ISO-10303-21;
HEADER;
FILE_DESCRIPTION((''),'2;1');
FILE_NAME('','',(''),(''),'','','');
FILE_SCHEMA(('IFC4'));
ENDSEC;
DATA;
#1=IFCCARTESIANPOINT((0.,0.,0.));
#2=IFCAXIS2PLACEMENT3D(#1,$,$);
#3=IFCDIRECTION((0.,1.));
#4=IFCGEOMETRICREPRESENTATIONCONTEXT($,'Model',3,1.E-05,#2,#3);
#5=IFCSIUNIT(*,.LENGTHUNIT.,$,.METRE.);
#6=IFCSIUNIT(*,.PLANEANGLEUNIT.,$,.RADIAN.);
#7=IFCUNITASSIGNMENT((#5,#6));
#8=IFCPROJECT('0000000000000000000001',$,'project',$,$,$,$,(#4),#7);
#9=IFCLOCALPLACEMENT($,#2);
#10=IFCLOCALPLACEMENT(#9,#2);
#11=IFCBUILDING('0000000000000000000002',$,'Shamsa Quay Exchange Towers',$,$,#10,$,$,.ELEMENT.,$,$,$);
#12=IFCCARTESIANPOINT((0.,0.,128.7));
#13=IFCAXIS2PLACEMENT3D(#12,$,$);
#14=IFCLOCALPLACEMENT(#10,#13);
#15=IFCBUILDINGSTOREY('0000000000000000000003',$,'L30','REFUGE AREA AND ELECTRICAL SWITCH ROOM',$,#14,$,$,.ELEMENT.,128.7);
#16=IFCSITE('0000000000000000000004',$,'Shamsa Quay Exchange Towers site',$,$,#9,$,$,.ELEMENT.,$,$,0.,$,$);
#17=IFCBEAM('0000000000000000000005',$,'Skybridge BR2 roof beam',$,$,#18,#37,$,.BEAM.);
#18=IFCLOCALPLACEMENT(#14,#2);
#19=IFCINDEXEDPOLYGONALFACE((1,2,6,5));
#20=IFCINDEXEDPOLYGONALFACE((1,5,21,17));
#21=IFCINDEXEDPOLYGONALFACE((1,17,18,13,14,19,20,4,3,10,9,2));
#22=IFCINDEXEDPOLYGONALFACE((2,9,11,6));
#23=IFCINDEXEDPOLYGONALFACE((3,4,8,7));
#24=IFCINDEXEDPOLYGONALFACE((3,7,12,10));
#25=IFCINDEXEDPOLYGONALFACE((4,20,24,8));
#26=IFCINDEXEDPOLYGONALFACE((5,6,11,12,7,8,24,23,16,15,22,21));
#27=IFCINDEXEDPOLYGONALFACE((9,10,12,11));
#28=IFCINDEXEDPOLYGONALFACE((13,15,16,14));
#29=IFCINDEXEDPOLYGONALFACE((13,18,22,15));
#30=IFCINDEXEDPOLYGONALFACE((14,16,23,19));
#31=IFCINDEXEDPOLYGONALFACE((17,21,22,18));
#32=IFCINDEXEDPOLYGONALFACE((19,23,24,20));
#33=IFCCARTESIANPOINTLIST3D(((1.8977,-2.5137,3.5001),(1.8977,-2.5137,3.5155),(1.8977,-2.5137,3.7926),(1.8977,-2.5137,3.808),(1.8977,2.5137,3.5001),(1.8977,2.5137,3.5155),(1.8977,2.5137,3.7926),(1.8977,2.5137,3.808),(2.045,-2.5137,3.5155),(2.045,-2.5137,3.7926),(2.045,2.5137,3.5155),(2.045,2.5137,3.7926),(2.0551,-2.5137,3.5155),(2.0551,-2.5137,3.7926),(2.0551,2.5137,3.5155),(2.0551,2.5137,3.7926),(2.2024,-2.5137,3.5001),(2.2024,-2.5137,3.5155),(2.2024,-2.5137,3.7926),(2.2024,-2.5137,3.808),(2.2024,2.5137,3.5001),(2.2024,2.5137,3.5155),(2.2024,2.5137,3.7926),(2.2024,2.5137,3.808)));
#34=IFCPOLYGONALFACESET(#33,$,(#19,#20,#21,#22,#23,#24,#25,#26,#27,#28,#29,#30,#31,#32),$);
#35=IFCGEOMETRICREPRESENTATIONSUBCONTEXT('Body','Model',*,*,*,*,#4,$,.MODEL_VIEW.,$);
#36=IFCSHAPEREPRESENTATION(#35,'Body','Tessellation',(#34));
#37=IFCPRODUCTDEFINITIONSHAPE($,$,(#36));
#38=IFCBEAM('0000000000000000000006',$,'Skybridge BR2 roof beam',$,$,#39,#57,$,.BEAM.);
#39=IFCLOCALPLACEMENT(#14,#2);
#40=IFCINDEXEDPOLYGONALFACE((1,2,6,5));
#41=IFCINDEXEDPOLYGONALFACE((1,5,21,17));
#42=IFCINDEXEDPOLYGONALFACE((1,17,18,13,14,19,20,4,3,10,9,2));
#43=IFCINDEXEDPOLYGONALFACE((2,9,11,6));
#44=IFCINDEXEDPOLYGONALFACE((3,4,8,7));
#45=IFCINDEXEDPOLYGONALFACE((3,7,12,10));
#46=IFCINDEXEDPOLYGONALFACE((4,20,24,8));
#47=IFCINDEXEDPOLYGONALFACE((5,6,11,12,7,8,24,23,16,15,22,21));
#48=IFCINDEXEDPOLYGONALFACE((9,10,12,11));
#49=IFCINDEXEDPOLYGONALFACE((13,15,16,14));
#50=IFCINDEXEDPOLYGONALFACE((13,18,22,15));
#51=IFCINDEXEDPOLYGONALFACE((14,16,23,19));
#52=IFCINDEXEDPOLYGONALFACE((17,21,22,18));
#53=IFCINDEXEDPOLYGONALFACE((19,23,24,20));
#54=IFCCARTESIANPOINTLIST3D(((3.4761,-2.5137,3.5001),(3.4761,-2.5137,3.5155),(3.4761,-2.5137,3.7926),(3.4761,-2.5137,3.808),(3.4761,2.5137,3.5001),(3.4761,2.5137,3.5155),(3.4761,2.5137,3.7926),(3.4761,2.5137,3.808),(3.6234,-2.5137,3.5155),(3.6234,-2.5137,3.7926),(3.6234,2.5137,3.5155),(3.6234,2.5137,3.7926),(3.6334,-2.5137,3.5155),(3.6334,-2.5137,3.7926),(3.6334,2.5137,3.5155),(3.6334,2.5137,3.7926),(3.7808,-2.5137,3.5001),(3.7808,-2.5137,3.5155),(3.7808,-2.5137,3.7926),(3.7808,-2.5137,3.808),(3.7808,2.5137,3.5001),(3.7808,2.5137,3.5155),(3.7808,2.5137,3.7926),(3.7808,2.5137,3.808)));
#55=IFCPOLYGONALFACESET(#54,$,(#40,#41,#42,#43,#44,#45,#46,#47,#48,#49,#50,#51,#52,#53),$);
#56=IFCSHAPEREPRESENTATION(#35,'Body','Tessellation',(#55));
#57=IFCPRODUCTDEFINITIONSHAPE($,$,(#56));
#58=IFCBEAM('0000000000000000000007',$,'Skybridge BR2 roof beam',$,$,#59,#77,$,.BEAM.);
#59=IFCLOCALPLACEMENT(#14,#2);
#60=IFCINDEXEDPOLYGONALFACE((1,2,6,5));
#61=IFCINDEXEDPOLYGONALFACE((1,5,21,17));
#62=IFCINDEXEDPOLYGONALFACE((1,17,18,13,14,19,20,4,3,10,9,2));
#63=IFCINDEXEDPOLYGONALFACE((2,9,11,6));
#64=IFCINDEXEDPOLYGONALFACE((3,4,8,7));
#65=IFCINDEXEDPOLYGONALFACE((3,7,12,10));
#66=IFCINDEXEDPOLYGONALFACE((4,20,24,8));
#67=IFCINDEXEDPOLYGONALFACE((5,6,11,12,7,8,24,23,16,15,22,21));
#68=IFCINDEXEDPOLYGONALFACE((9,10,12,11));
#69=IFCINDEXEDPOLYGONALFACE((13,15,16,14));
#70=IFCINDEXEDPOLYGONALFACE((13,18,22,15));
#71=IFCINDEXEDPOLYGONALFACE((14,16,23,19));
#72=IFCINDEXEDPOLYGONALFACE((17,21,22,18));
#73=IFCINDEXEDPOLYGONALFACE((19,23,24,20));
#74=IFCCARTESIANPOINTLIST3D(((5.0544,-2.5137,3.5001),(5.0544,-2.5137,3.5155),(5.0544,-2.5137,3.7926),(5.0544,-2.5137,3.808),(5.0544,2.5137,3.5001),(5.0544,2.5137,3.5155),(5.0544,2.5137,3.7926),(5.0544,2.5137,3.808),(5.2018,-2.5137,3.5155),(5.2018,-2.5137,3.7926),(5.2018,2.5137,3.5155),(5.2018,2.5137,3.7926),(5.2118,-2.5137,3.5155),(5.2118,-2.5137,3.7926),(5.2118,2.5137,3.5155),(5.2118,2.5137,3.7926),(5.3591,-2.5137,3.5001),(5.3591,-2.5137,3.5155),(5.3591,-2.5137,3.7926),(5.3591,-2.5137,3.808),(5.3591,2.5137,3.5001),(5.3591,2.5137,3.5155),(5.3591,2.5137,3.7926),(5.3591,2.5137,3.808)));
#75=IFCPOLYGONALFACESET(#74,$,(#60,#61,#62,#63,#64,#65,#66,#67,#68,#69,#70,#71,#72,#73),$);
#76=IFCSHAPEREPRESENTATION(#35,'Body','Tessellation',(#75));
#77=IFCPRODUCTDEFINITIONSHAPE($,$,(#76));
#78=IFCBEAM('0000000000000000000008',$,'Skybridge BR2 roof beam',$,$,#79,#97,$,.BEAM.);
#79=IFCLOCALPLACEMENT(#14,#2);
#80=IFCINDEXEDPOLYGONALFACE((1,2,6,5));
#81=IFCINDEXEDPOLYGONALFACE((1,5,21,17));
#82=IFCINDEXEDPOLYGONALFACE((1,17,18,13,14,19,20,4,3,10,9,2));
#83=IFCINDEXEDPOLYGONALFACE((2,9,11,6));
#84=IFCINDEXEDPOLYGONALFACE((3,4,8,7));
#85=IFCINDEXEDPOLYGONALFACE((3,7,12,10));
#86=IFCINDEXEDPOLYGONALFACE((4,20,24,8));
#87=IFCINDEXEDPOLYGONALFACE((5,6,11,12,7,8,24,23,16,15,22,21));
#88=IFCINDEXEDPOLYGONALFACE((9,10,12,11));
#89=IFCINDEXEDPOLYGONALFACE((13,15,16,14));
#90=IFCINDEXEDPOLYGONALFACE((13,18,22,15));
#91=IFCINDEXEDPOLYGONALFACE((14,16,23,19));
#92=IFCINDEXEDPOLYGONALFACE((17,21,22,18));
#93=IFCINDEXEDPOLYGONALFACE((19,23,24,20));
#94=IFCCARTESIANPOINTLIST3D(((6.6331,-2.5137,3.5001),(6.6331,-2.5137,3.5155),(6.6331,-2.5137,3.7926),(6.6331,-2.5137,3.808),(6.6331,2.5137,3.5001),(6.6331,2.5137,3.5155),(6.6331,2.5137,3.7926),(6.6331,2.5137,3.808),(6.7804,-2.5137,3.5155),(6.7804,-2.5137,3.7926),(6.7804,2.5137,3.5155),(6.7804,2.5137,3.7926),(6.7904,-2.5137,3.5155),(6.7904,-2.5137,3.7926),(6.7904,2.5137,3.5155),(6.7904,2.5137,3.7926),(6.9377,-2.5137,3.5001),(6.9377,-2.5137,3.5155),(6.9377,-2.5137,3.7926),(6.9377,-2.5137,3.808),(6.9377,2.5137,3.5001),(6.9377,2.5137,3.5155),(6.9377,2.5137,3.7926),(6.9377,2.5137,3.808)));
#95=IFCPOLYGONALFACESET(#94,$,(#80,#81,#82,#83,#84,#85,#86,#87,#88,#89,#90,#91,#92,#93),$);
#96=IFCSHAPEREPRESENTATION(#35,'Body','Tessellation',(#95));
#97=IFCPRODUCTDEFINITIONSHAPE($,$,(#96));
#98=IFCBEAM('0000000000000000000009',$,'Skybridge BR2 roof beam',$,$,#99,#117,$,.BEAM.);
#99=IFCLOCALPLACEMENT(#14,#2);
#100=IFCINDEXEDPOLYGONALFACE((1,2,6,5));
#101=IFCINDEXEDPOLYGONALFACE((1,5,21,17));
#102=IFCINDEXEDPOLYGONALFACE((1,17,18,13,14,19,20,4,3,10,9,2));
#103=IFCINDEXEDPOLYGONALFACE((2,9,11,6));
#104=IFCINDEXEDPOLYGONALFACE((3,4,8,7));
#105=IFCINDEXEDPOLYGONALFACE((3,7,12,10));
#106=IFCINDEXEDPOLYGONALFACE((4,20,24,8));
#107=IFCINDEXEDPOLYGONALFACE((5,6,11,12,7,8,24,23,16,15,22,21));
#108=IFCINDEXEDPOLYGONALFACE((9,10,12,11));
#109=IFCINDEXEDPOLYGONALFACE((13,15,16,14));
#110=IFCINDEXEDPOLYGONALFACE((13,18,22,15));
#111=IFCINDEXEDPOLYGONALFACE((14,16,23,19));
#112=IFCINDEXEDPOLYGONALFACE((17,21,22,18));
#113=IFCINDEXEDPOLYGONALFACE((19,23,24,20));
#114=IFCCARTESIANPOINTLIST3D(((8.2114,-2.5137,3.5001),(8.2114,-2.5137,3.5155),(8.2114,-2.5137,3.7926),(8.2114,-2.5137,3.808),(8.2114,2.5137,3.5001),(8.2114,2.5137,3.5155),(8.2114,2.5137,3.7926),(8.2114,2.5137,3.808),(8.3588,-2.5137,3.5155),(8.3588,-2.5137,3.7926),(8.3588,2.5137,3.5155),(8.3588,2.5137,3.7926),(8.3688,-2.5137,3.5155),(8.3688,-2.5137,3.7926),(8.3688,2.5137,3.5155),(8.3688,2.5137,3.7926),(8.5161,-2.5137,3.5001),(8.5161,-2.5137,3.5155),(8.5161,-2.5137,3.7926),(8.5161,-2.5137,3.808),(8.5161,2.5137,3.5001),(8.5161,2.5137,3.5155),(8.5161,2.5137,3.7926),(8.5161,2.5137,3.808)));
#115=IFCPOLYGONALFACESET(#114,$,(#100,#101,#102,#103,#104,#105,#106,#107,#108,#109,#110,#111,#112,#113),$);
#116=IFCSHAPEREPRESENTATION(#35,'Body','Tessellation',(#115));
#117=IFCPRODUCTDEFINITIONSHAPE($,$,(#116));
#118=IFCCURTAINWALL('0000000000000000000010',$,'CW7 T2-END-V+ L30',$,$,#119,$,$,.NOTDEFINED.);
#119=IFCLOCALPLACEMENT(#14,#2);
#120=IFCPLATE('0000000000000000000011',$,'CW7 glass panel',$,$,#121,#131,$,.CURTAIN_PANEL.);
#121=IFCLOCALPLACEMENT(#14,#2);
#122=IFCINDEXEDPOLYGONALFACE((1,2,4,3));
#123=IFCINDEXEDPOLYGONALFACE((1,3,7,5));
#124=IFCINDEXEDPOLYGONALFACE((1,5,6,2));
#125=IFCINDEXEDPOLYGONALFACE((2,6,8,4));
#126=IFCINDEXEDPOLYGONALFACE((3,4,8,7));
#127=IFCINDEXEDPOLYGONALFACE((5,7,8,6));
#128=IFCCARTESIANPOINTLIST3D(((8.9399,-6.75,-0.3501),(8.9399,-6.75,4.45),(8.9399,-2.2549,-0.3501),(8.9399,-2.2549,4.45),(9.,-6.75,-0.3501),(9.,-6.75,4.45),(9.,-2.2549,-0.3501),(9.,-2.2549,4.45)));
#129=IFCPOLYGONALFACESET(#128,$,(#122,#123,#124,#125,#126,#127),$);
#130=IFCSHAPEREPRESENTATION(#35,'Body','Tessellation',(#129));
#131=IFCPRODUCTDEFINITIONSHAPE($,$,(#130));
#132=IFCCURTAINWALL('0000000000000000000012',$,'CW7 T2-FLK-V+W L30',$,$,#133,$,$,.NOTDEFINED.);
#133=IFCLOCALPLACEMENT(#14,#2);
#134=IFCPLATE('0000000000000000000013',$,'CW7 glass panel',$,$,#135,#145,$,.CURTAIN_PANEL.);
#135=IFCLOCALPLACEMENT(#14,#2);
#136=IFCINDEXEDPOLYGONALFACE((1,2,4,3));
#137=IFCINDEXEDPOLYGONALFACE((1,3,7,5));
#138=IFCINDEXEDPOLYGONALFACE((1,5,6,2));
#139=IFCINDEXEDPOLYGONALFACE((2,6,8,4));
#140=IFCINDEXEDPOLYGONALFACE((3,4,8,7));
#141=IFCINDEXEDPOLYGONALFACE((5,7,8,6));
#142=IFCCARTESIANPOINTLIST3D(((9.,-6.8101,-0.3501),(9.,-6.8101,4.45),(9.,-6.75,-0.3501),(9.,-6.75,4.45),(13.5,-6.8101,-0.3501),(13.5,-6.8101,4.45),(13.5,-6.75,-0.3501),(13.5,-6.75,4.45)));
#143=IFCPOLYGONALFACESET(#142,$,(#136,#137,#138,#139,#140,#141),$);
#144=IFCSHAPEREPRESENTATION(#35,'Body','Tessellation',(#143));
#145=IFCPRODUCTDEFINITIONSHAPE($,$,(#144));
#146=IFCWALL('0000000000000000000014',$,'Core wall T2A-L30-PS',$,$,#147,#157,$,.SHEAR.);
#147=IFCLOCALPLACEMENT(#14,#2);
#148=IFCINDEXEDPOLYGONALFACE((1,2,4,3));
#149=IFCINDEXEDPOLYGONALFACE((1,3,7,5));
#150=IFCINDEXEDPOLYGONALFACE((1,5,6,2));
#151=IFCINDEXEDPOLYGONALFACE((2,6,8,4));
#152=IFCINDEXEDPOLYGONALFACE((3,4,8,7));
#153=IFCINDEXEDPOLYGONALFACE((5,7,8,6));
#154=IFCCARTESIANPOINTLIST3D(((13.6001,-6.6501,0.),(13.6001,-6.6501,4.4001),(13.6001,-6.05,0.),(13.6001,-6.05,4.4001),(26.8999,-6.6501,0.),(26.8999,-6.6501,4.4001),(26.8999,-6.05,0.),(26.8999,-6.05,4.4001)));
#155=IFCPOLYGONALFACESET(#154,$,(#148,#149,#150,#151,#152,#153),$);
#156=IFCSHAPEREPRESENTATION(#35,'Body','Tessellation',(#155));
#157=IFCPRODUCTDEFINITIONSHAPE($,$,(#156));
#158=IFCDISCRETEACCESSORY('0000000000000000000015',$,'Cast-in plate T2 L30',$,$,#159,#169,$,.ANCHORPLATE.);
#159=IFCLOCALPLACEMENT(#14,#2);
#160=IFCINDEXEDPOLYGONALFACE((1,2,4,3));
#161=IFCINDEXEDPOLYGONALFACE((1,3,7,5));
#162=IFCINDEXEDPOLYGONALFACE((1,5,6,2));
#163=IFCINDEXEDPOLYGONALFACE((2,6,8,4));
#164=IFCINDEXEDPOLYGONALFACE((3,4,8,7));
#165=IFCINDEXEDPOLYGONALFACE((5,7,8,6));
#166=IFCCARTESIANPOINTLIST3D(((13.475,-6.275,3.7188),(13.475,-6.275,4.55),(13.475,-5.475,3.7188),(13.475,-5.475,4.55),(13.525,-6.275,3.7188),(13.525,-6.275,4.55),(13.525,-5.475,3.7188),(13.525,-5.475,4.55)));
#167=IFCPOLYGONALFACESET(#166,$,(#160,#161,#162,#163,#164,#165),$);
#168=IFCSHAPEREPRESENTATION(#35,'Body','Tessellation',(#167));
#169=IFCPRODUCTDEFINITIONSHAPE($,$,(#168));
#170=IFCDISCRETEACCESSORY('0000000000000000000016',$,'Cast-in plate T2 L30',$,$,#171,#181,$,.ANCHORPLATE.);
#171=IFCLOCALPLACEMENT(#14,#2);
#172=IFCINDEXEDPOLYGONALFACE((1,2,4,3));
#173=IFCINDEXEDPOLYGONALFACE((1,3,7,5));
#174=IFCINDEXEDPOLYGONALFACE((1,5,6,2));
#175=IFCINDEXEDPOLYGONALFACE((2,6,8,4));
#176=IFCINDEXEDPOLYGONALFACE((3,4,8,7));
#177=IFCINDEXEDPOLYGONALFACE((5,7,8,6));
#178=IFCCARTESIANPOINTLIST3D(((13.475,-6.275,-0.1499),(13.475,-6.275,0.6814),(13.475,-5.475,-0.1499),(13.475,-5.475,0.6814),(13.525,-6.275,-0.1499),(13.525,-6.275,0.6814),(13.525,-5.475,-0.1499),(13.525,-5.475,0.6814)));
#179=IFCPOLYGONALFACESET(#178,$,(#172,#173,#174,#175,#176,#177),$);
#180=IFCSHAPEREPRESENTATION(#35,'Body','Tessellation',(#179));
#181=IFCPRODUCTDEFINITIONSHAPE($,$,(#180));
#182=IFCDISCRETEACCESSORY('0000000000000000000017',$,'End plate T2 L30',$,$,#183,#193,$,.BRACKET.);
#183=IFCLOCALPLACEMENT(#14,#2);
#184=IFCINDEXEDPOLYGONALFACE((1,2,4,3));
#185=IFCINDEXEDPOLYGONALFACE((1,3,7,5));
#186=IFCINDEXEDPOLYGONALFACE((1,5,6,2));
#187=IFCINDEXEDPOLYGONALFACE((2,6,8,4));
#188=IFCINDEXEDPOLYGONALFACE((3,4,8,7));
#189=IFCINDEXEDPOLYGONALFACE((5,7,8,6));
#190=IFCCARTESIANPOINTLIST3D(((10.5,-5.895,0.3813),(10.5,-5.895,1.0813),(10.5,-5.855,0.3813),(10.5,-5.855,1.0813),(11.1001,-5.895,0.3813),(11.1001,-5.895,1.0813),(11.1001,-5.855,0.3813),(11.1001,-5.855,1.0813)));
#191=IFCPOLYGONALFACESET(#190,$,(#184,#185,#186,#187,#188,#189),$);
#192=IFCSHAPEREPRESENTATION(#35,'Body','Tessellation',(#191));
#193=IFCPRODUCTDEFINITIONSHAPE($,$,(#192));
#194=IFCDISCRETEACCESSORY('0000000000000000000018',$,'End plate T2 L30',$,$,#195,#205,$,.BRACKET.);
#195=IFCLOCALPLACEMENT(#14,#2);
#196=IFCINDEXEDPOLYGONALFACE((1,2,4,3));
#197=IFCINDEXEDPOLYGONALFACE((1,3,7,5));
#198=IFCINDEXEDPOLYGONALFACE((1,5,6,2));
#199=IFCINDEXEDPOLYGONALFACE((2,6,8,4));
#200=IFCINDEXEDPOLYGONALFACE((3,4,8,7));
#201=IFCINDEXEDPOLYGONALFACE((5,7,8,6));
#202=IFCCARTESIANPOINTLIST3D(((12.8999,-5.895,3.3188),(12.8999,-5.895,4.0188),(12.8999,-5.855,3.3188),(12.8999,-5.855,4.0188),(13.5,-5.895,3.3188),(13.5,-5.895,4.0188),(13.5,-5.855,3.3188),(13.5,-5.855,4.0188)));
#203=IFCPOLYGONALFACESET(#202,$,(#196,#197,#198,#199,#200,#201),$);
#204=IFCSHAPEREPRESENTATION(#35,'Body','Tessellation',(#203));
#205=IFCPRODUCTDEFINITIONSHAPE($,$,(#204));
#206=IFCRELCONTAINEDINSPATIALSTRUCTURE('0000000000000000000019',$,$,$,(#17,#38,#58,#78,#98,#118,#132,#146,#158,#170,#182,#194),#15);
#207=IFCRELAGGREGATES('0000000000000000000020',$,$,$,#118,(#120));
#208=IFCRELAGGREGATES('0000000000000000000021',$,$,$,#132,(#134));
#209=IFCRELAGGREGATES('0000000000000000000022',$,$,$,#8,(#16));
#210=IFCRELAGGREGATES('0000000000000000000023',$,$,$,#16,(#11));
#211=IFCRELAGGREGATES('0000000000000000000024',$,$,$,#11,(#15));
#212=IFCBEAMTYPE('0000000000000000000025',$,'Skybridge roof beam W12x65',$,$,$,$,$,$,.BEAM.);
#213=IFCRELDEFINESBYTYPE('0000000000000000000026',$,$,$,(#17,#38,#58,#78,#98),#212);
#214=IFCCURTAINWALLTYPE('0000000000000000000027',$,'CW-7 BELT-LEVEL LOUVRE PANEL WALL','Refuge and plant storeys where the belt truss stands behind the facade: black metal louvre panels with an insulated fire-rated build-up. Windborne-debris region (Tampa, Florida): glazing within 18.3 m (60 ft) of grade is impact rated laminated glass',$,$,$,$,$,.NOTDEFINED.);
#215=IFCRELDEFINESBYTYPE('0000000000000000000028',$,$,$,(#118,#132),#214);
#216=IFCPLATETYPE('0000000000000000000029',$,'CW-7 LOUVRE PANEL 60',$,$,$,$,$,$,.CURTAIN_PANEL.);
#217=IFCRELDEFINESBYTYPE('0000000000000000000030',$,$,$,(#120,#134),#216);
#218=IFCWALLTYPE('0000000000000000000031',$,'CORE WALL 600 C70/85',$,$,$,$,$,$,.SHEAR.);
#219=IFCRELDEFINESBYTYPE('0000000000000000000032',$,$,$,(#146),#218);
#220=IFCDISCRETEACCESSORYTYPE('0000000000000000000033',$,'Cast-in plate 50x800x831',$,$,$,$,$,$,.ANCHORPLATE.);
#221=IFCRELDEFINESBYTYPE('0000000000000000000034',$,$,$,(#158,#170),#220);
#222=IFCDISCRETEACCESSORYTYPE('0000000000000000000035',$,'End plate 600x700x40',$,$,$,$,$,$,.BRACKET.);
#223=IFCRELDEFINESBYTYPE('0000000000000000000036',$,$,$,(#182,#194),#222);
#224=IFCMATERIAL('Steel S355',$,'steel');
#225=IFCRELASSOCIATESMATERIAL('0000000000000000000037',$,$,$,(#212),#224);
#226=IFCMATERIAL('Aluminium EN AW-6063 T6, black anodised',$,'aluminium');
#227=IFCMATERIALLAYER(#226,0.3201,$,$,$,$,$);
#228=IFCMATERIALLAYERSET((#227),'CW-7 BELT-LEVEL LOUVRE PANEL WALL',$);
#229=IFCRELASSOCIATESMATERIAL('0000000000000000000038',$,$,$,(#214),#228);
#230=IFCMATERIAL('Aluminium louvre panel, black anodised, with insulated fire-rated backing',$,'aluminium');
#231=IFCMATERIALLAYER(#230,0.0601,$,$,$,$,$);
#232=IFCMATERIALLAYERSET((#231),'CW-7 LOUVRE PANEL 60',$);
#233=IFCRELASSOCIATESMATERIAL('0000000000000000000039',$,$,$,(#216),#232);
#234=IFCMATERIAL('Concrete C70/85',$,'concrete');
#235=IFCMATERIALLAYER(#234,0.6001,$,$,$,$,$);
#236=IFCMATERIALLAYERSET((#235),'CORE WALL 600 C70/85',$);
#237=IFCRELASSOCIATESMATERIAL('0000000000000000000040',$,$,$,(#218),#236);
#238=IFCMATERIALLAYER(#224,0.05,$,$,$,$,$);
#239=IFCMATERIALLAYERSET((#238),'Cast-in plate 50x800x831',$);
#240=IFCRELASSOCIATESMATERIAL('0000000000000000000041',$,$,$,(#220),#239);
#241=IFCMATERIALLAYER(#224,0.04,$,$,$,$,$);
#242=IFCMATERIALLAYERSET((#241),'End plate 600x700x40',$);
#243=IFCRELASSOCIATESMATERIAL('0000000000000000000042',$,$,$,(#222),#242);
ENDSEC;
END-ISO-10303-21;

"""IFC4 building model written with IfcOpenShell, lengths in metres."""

from ifc_helpers import new_model, si_unit, direction, frame, frame_2d, origin, origin_2d, place, context, subcontext, project, spatial, rectangle, i_section, extrude, material, layer, layer_set, material_profile, profile_set, type_object, element, aggregate, save


model = new_model("IFC4")

# Units and contexts
model_context = context("Model", 3, precision=1e-05, world=origin(), true_north=direction((0.0, 1.0)))
body_context = subcontext(model_context, "Body", "Model", "MODEL_VIEW")
ifc_project = project(units=[si_unit("LENGTHUNIT", "METRE"), si_unit("PLANEANGLEUNIT", "RADIAN")], contexts=[model_context])

# Site, building, storey
site_placement = place(None, origin())
site = spatial("IfcSite", under=ifc_project, at=site_placement, Name="Shamsa Quay Exchange Towers site", CompositionType="ELEMENT", RefElevation=0.0)
building_placement = place(site_placement, origin())
building = spatial("IfcBuilding", under=site, at=building_placement, Name="Shamsa Quay Exchange Towers", CompositionType="ELEMENT")
storey_placement = place(building_placement, frame((0.0, 0.0, 128.7)))
storey = spatial("IfcBuildingStorey", under=building, at=storey_placement, Name="L30", Description="REFUGE AREA AND ELECTRICAL SWITCH ROOM", CompositionType="ELEMENT", Elevation=128.7)

# Shared definitions
ifc_material_1 = material(Name="Steel S355", Category="steel")

# Beams
ifc_material_profile_1 = material_profile(ifc_material_1, i_section(OverallWidth=0.3047, OverallDepth=0.3079, WebThickness=0.01, FlangeThickness=0.0154, at=origin_2d()), Name="W12x65")
ifc_profile_set_1 = profile_set([ifc_material_profile_1], Name="Steel S355")
beam_type_1 = type_object("IfcBeamType", Name="Skybridge roof beam W12x65", PredefinedType="BEAM", material=ifc_profile_set_1)
for number, where, z_axis, x_axis, name in (
    (1, (2.05, -2.5137, 3.6541), (0.0, 1.0, 0.0), (-1.0, 0.0, 0.0), "Skybridge BR2 roof beam"),
    (2, (3.6284, -2.5137, 3.6541), (0.0, 1.0, 0.0), (-1.0, 0.0, 0.0), "Skybridge BR2 roof beam"),
    (3, (5.2068, -2.5137, 3.6541), (0.0, 1.0, 0.0), (-1.0, 0.0, 0.0), "Skybridge BR2 roof beam"),
    (4, (6.7854, -2.5137, 3.6541), (0.0, 1.0, 0.0), (-1.0, 0.0, 0.0), "Skybridge BR2 roof beam"),
    (5, (8.3638, -2.5137, 3.6541), (0.0, 1.0, 0.0), (-1.0, 0.0, 0.0), "Skybridge BR2 roof beam"),
):
    element("IfcBeam", number, at=place(storey_placement, frame(where, z_axis=z_axis, x_axis=x_axis)), inside=storey, type_object=beam_type_1, Name=name, PredefinedType="BEAM", context=body_context, shape_type="SweptSolid", body=[
        extrude(i_section(OverallWidth=0.3047, OverallDepth=0.3079, WebThickness=0.01, FlangeThickness=0.0154, at=origin_2d()), origin(), (0.0, 0.0, 1.0), 5.0273),
    ])

# Curtain walls, plates
ifc_material_2 = material(Name="Aluminium EN AW-6063 T6, black anodised", Category="aluminium")
ifc_layer_1 = layer(ifc_material_2, 0.3201)
ifc_layer_set_1 = layer_set([ifc_layer_1], Name="CW-7 BELT-LEVEL LOUVRE PANEL WALL")
curtain_wall_type = type_object("IfcCurtainWallType", Name="CW-7 BELT-LEVEL LOUVRE PANEL WALL", Description="Refuge and plant storeys where the belt truss stands behind the facade: black metal louvre panels with an insulated fire-rated build-up. Windborne-debris region (Tampa, Florida): glazing within 18.3 m (60 ft) of grade is impact rated laminated glass", PredefinedType="NOTDEFINED", material=ifc_layer_set_1)
curtain_wall_1_placement = place(storey_placement, origin())
curtain_wall_1 = element("IfcCurtainWall", 6, at=curtain_wall_1_placement, inside=storey, type_object=curtain_wall_type, Name="CW7 T2-END-V+ L30", PredefinedType="NOTDEFINED")
ifc_material_3 = material(Name="Aluminium louvre panel, black anodised, with insulated fire-rated backing", Category="aluminium")
ifc_layer_2 = layer(ifc_material_3, 0.0601)
ifc_layer_set_2 = layer_set([ifc_layer_2], Name="CW-7 LOUVRE PANEL 60")
plate_type = type_object("IfcPlateType", Name="CW-7 LOUVRE PANEL 60", PredefinedType="CURTAIN_PANEL", material=ifc_layer_set_2)
plate_1_placement = place(storey_placement, frame((8.97, -4.5024, -0.3501), z_axis=(0.0, 0.0, 1.0), x_axis=(0.0, -1.0, 0.0)))
plate_1 = element("IfcPlate", 7, at=plate_1_placement, type_object=plate_type, Name="CW7 glass panel", PredefinedType="CURTAIN_PANEL", context=body_context, shape_type="SweptSolid", body=[
    extrude(rectangle(XDim=4.4951, YDim=0.0601, at=origin_2d()), origin(), (0.0, 0.0, 1.0), 4.8),
])
aggregate(curtain_wall_1, [plate_1])
curtain_wall_2_placement = place(storey_placement, origin())
curtain_wall_2 = element("IfcCurtainWall", 8, at=curtain_wall_2_placement, inside=storey, type_object=curtain_wall_type, Name="CW7 T2-FLK-V+W L30", PredefinedType="NOTDEFINED")
plate_2_placement = place(storey_placement, frame((11.25, -6.78, -0.3501)))
plate_2 = element("IfcPlate", 9, at=plate_2_placement, type_object=plate_type, Name="CW7 glass panel", PredefinedType="CURTAIN_PANEL", context=body_context, shape_type="SweptSolid", body=[
    extrude(rectangle(XDim=4.5, YDim=0.0601, at=origin_2d()), origin(), (0.0, 0.0, 1.0), 4.8),
])
aggregate(curtain_wall_2, [plate_2])

# Wall
ifc_material_4 = material(Name="Concrete C70/85", Category="concrete")
ifc_layer_3 = layer(ifc_material_4, 0.6001)
ifc_layer_set_3 = layer_set([ifc_layer_3], Name="CORE WALL 600 C70/85")
wall_type = type_object("IfcWallType", Name="CORE WALL 600 C70/85", PredefinedType="SHEAR", material=ifc_layer_set_3)
wall_placement = place(storey_placement, frame((13.6001, -6.3501, 0.0)))
element("IfcWall", 10, at=wall_placement, inside=storey, type_object=wall_type, Name="Core wall T2A-L30-PS", PredefinedType="SHEAR", context=body_context, shape_type="SweptSolid", body=[
    extrude(rectangle(XDim=13.2998, YDim=0.6001, at=frame_2d((6.6499, 0.0))), origin(), (0.0, 0.0, 1.0), 4.4001),
])

# Discrete accessories
ifc_layer_4 = layer(ifc_material_1, 0.05)
ifc_layer_set_4 = layer_set([ifc_layer_4], Name="Cast-in plate 50x800x831")
discrete_accessory_type_1 = type_object("IfcDiscreteAccessoryType", Name="Cast-in plate 50x800x831", PredefinedType="ANCHORPLATE", material=ifc_layer_set_4)
for number, where, name in (
    (11, (13.5, -5.875, 3.7188), "Cast-in plate T2 L30"),
    (12, (13.5, -5.875, -0.1499), "Cast-in plate T2 L30"),
):
    element("IfcDiscreteAccessory", number, at=place(storey_placement, frame(where)), inside=storey, type_object=discrete_accessory_type_1, Name=name, PredefinedType="ANCHORPLATE", context=body_context, shape_type="SweptSolid", body=[
        extrude(rectangle(XDim=0.05, YDim=0.8, at=origin_2d()), origin(), (0.0, 0.0, 1.0), 0.8313),
    ])
ifc_layer_5 = layer(ifc_material_1, 0.04)
ifc_layer_set_5 = layer_set([ifc_layer_5], Name="End plate 600x700x40")
discrete_accessory_type_2 = type_object("IfcDiscreteAccessoryType", Name="End plate 600x700x40", PredefinedType="BRACKET", material=ifc_layer_set_5)
for number, where, name in (
    (13, (10.8, -5.875, 0.3813), "End plate T2 L30"),
    (14, (13.2, -5.875, 3.3188), "End plate T2 L30"),
):
    element("IfcDiscreteAccessory", number, at=place(storey_placement, frame(where)), inside=storey, type_object=discrete_accessory_type_2, Name=name, PredefinedType="BRACKET", context=body_context, shape_type="SweptSolid", body=[
        extrude(rectangle(XDim=0.6001, YDim=0.04, at=origin_2d()), origin(), (0.0, 0.0, 1.0), 0.7),
    ])

save(model, "model.ifc")
